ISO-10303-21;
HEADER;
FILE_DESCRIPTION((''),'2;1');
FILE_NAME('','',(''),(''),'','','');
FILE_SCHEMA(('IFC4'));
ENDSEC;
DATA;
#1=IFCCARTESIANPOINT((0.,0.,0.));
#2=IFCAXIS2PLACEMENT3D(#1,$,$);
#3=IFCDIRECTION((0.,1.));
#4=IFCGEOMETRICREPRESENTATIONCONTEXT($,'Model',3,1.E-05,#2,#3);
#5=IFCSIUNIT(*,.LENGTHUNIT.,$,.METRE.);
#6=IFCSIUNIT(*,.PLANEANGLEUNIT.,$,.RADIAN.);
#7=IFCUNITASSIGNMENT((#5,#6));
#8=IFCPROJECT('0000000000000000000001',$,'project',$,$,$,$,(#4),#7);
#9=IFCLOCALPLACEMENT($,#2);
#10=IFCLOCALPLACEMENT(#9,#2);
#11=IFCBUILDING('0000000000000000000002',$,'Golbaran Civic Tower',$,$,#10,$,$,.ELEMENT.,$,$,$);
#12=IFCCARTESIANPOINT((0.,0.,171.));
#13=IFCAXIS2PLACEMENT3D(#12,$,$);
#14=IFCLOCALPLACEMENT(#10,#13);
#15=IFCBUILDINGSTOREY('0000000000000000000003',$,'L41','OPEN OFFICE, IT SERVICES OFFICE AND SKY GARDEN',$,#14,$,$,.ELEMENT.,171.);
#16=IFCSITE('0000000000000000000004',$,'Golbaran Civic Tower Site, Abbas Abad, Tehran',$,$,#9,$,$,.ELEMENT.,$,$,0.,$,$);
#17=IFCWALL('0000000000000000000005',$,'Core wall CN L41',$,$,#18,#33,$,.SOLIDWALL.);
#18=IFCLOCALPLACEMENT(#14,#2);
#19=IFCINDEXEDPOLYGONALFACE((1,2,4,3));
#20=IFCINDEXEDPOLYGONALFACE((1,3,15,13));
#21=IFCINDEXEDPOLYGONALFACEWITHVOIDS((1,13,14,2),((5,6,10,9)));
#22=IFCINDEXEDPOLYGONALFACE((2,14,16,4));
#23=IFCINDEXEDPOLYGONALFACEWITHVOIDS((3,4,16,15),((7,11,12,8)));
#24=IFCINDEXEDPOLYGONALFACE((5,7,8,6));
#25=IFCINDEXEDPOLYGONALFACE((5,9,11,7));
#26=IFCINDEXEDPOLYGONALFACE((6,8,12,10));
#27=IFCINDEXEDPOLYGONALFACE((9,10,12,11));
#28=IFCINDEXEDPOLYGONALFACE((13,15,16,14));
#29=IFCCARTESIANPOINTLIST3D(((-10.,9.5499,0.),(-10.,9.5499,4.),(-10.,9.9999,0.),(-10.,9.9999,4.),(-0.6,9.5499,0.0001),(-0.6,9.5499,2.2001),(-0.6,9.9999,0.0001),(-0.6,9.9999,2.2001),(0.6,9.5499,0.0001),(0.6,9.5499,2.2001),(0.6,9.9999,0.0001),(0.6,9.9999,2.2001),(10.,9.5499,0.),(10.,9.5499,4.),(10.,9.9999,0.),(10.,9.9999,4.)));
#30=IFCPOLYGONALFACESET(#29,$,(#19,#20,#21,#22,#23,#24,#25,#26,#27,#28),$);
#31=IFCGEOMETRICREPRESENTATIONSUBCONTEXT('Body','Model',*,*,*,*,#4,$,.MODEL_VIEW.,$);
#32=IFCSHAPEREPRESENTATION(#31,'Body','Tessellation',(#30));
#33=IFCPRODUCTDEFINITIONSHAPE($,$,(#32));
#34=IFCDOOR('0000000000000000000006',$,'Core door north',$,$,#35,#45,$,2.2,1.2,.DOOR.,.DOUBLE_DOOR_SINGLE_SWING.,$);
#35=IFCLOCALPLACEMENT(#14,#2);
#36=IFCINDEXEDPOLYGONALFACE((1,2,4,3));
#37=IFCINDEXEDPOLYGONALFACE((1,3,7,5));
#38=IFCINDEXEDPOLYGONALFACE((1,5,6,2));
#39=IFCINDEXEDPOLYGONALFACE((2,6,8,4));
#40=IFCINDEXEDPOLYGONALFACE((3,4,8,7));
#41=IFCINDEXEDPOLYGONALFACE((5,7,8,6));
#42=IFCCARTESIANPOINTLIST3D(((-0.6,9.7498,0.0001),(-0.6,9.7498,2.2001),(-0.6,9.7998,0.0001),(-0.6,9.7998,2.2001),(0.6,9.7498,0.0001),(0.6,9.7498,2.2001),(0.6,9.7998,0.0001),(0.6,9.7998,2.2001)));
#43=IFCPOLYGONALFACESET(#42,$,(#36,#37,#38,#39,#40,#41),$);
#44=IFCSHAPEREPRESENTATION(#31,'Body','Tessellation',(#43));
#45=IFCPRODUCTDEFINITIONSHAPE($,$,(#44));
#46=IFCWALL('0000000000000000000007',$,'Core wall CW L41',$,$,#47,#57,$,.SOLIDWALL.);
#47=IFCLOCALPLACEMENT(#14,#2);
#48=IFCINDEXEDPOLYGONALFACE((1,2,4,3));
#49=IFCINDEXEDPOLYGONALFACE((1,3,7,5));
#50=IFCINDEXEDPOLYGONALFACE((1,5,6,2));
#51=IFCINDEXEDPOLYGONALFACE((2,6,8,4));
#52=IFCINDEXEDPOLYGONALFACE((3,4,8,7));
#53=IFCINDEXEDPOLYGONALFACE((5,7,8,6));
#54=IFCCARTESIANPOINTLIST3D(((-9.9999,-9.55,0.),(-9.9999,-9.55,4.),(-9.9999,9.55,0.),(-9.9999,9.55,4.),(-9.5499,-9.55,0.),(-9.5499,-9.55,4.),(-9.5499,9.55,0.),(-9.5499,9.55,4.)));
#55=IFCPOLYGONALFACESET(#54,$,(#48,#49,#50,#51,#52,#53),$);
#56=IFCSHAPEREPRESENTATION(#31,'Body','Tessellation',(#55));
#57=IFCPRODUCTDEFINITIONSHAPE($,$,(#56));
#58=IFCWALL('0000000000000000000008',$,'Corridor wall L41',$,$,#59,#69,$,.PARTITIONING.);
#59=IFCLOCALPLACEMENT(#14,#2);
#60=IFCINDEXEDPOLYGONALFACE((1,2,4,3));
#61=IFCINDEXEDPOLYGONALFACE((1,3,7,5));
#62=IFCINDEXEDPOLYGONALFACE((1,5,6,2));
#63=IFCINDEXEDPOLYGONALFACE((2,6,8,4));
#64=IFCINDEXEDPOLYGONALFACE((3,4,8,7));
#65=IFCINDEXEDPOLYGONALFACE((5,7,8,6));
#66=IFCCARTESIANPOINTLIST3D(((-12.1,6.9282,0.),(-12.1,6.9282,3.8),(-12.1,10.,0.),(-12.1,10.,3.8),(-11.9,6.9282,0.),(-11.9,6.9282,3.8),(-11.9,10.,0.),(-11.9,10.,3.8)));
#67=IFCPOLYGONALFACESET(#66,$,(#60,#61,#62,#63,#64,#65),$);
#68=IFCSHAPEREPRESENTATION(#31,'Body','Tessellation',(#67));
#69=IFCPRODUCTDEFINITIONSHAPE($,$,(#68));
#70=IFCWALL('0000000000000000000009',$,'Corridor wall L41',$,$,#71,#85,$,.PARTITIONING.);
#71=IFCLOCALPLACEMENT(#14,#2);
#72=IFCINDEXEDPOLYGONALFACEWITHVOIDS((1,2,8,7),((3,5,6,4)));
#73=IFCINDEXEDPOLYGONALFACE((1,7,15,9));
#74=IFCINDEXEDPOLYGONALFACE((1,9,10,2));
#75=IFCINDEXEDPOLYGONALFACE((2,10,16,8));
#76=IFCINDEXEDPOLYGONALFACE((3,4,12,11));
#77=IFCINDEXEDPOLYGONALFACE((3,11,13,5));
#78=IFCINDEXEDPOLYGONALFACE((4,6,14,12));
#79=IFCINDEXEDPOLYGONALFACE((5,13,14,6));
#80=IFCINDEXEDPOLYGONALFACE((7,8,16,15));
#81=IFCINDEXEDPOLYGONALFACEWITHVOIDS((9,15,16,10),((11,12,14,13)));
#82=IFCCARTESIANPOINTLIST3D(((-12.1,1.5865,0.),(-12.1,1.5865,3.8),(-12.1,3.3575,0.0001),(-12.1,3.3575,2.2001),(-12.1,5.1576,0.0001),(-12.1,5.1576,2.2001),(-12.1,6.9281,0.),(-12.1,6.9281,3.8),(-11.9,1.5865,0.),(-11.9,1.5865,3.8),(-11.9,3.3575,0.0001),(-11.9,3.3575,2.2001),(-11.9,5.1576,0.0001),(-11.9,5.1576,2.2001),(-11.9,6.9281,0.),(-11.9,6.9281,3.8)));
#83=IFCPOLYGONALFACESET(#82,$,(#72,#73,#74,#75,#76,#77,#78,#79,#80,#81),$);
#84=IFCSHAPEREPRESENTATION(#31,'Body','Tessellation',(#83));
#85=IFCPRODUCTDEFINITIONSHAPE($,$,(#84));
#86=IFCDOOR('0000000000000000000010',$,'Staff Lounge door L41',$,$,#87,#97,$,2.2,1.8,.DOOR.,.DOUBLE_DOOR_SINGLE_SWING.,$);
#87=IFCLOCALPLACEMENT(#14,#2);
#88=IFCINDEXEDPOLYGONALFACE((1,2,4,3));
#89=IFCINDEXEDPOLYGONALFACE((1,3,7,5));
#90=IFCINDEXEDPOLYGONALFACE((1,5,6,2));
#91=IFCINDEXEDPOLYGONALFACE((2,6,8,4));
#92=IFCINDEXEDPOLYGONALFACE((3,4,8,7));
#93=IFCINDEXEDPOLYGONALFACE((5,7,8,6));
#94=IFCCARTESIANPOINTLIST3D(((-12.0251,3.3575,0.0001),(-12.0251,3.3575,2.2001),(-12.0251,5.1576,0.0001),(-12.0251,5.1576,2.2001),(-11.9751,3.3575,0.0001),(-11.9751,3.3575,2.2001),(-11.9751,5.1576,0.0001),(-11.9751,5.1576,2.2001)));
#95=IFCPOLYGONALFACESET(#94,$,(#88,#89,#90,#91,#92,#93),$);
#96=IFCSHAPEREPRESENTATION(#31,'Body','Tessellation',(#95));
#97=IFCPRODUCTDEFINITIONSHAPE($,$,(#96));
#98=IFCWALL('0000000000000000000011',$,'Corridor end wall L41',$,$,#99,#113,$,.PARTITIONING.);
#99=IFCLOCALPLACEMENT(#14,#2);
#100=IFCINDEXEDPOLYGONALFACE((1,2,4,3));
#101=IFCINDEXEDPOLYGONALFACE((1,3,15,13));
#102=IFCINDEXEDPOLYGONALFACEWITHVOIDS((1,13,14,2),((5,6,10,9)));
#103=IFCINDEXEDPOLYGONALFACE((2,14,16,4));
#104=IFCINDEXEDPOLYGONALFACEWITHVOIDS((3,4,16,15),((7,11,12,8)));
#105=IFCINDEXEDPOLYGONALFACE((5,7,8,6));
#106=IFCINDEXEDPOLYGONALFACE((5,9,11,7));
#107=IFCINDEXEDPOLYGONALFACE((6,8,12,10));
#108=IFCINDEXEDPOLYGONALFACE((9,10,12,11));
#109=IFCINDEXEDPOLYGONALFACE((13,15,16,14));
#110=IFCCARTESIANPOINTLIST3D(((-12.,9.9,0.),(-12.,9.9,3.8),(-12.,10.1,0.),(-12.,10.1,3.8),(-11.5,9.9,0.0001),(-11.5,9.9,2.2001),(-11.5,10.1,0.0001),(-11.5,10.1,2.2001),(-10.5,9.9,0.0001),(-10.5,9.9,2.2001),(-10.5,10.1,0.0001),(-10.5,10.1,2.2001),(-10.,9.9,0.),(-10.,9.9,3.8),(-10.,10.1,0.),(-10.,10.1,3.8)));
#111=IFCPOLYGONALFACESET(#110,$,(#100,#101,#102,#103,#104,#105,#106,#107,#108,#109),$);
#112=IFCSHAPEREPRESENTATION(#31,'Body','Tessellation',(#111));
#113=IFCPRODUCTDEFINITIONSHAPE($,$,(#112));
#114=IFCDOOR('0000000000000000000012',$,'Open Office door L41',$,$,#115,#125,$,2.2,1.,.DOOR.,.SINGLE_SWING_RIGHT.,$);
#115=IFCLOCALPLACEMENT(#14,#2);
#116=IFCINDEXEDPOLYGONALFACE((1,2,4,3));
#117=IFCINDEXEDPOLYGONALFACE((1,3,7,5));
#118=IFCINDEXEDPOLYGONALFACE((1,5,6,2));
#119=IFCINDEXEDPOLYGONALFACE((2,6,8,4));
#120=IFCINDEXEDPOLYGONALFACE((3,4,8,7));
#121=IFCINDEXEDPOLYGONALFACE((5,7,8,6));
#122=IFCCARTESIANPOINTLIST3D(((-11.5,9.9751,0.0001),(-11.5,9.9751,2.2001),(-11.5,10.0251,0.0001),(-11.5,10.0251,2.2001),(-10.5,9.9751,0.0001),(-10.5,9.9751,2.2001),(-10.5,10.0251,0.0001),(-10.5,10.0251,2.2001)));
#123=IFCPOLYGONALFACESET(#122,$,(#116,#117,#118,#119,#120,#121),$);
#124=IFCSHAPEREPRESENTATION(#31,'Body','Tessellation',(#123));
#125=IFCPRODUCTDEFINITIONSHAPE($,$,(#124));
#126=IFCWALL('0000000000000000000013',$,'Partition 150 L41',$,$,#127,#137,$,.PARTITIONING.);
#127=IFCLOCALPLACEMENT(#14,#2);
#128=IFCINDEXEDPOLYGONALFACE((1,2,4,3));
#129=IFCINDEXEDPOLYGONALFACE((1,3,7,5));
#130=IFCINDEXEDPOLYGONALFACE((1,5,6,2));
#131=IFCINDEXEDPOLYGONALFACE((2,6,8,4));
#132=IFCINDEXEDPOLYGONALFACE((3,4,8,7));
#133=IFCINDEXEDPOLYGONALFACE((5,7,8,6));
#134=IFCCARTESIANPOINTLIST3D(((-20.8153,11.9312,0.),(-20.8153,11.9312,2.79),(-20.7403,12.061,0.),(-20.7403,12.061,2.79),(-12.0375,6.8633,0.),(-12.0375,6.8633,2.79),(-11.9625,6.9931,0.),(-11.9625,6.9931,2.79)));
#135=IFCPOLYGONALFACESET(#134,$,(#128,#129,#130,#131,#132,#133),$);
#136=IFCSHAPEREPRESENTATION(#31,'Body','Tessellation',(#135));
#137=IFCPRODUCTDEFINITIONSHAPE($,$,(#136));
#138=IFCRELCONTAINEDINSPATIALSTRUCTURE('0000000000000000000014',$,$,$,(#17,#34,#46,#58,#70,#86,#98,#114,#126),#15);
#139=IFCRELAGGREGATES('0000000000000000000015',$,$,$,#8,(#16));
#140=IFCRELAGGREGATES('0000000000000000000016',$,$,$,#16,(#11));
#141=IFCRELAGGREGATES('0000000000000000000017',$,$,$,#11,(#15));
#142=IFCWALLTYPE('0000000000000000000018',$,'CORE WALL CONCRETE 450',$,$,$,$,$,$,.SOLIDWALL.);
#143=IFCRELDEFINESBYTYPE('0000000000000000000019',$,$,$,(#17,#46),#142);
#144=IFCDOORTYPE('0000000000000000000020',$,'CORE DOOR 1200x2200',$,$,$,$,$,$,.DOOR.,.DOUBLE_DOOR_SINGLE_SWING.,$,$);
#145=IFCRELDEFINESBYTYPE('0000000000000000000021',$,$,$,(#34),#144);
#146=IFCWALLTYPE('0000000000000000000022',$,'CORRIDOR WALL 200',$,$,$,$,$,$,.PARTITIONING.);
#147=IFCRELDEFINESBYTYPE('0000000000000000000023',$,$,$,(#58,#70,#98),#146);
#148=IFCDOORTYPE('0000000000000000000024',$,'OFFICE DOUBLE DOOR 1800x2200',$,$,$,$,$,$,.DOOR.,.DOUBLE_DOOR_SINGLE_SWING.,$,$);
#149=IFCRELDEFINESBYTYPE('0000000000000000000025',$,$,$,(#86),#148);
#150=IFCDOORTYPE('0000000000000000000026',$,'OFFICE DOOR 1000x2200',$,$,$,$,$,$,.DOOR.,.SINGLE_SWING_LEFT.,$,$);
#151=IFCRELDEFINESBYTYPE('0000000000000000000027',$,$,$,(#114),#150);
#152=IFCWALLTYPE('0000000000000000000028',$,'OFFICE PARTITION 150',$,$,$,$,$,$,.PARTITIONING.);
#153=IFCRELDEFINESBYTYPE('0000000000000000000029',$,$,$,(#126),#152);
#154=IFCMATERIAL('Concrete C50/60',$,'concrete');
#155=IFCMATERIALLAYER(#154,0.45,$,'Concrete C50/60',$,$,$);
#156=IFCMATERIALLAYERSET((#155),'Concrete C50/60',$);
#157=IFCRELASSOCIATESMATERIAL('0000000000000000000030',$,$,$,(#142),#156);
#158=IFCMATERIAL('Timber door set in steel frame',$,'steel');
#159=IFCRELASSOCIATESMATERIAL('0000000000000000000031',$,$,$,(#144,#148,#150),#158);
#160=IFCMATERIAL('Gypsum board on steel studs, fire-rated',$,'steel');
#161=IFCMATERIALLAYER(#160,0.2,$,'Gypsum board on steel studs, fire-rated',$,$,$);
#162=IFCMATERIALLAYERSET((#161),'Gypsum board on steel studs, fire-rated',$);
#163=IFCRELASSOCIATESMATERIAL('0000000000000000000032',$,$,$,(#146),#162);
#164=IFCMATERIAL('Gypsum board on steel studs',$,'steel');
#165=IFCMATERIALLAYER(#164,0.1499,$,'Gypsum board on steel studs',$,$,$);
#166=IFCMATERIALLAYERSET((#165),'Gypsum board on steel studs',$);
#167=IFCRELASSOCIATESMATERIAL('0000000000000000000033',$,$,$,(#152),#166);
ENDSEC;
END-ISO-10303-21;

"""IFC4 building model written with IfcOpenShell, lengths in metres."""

from ifc_helpers import new_model, si_unit, direction, frame, frame_2d, origin, place, context, subcontext, project, spatial, rectangle, extrude, material, layer, layer_set, type_object, element, fill, save


model = new_model("IFC4")

# Units and contexts
model_context = context("Model", 3, precision=1e-05, world=origin(), true_north=direction((0.0, 1.0)))
body_context = subcontext(model_context, "Body", "Model", "MODEL_VIEW")
ifc_project = project(units=[si_unit("LENGTHUNIT", "METRE"), si_unit("PLANEANGLEUNIT", "RADIAN")], contexts=[model_context])

# Site, building, storey
site_placement = place(None, origin())
site = spatial("IfcSite", under=ifc_project, at=site_placement, Name="Golbaran Civic Tower Site, Abbas Abad, Tehran", CompositionType="ELEMENT", RefElevation=0.0)
building_placement = place(site_placement, origin())
building = spatial("IfcBuilding", under=site, at=building_placement, Name="Golbaran Civic Tower", CompositionType="ELEMENT")
storey_placement = place(building_placement, frame((0.0, 0.0, 171.0)))
storey = spatial("IfcBuildingStorey", under=building, at=storey_placement, Name="L41", Description="OPEN OFFICE, IT SERVICES OFFICE AND SKY GARDEN", CompositionType="ELEMENT", Elevation=171.0)

# Wall, opening, door
ifc_material_1 = material(Name="Concrete C50/60", Category="concrete")
ifc_layer_1 = layer(ifc_material_1, 0.45, Name="Concrete C50/60")
ifc_layer_set_1 = layer_set([ifc_layer_1], Name="Concrete C50/60")
wall_type_1 = type_object("IfcWallType", Name="CORE WALL CONCRETE 450", PredefinedType="SOLIDWALL", material=ifc_layer_set_1)
wall_1_placement = place(storey_placement, frame((-10.0, 9.7749, 0.0), z_axis=(0.0, 0.0, 1.0), x_axis=(1.0, 0.0, 0.0)))
wall_1 = element("IfcWall", 1, at=wall_1_placement, inside=storey, type_object=wall_type_1, Name="Core wall CN L41", PredefinedType="SOLIDWALL", context=body_context, shape_type="SweptSolid", body=[
    extrude(rectangle(XDim=20.0, YDim=0.45, at=frame_2d((10.0, 0.0))), origin(), (0.0, 0.0, 1.0), 4.0),
])
opening_1_placement = place(wall_1_placement, frame((9.3999, 0.0, 0.0)))
opening_1 = element("IfcOpeningElement", 2, at=opening_1_placement, cuts=wall_1, PredefinedType="OPENING", context=body_context, shape_type="SweptSolid", body=[
    extrude(rectangle(XDim=1.2, YDim=2.2, at=frame_2d((0.6001, 1.1001))), frame((0.0, 0.2349, 0.0), z_axis=(0.0, -1.0, 0.0), x_axis=(1.0, 0.0, 0.0)), (0.0, 0.0, 1.0), 0.47),
])
ifc_material_2 = material(Name="Timber door set in steel frame", Category="steel")
door_type_1 = type_object("IfcDoorType", Name="CORE DOOR 1200x2200", OperationType="DOUBLE_DOOR_SINGLE_SWING", PredefinedType="DOOR", material=ifc_material_2)
door_1_placement = place(opening_1_placement, origin())
door_1 = element("IfcDoor", 3, at=door_1_placement, inside=storey, type_object=door_type_1, Name="Core door north", OperationType="DOUBLE_DOOR_SINGLE_SWING", OverallHeight=2.2, OverallWidth=1.2, PredefinedType="DOOR", context=body_context, shape_type="SweptSolid", body=[
    extrude(rectangle(XDim=1.2, YDim=2.2, at=frame_2d((0.6001, 1.1001))), frame((0.0, 0.0249, 0.0), z_axis=(0.0, -1.0, 0.0), x_axis=(1.0, 0.0, 0.0)), (0.0, 0.0, 1.0), 0.05),
])
fill(opening_1, door_1)

# Walls
wall_2_placement = place(storey_placement, frame((-9.7749, 9.55, 0.0), z_axis=(0.0, 0.0, 1.0), x_axis=(0.0, -1.0, 0.0)))
element("IfcWall", 4, at=wall_2_placement, inside=storey, type_object=wall_type_1, Name="Core wall CW L41", PredefinedType="SOLIDWALL", context=body_context, shape_type="SweptSolid", body=[
    extrude(rectangle(XDim=19.1001, YDim=0.45, at=frame_2d((9.55, 0.0))), origin(), (0.0, 0.0, 1.0), 4.0),
])
ifc_material_3 = material(Name="Gypsum board on steel studs, fire-rated", Category="steel")
ifc_layer_2 = layer(ifc_material_3, 0.2, Name="Gypsum board on steel studs, fire-rated")
ifc_layer_set_2 = layer_set([ifc_layer_2], Name="Gypsum board on steel studs, fire-rated")
wall_type_2 = type_object("IfcWallType", Name="CORRIDOR WALL 200", PredefinedType="PARTITIONING", material=ifc_layer_set_2)
wall_3_placement = place(storey_placement, frame((-12.0, 10.0, 0.0), z_axis=(0.0, 0.0, 1.0), x_axis=(0.0, -1.0, 0.0)))
element("IfcWall", 5, at=wall_3_placement, inside=storey, type_object=wall_type_2, Name="Corridor wall L41", PredefinedType="PARTITIONING", context=body_context, shape_type="SweptSolid", body=[
    extrude(rectangle(XDim=3.0718, YDim=0.2, at=frame_2d((1.5359, 0.0))), origin(), (0.0, 0.0, 1.0), 3.8),
])

# Walls, openings, doors
wall_4_placement = place(storey_placement, frame((-12.0, 6.9282, 0.0), z_axis=(0.0, 0.0, 1.0), x_axis=(0.0, -1.0, 0.0)))
wall_4 = element("IfcWall", 6, at=wall_4_placement, inside=storey, type_object=wall_type_2, Name="Corridor wall L41", PredefinedType="PARTITIONING", context=body_context, shape_type="SweptSolid", body=[
    extrude(rectangle(XDim=5.3416, YDim=0.2, at=frame_2d((2.6709, 0.0))), origin(), (0.0, 0.0, 1.0), 3.8),
])
opening_2_placement = place(wall_4_placement, frame((1.7708, 0.0, 0.0)))
opening_2 = element("IfcOpeningElement", 7, at=opening_2_placement, cuts=wall_4, PredefinedType="OPENING", context=body_context, shape_type="SweptSolid", body=[
    extrude(rectangle(XDim=1.8, YDim=2.2, at=frame_2d((0.8999, 1.1001))), frame((0.0, 0.1099, 0.0), z_axis=(0.0, -1.0, 0.0), x_axis=(1.0, 0.0, 0.0)), (0.0, 0.0, 1.0), 0.22),
])
door_type_2 = type_object("IfcDoorType", Name="OFFICE DOUBLE DOOR 1800x2200", OperationType="DOUBLE_DOOR_SINGLE_SWING", PredefinedType="DOOR", material=ifc_material_2)
door_2_placement = place(opening_2_placement, origin())
door_2 = element("IfcDoor", 8, at=door_2_placement, inside=storey, type_object=door_type_2, Name="Staff Lounge door L41", OperationType="DOUBLE_DOOR_SINGLE_SWING", OverallHeight=2.2, OverallWidth=1.8, PredefinedType="DOOR", context=body_context, shape_type="SweptSolid", body=[
    extrude(rectangle(XDim=1.8, YDim=2.2, at=frame_2d((0.8999, 1.1001))), frame((0.0, 0.0249, 0.0), z_axis=(0.0, -1.0, 0.0), x_axis=(1.0, 0.0, 0.0)), (0.0, 0.0, 1.0), 0.05),
])
fill(opening_2, door_2)
wall_5_placement = place(storey_placement, frame((-10.0, 10.0, 0.0), z_axis=(0.0, 0.0, 1.0), x_axis=(-1.0, 0.0, 0.0)))
wall_5 = element("IfcWall", 9, at=wall_5_placement, inside=storey, type_object=wall_type_2, Name="Corridor end wall L41", PredefinedType="PARTITIONING", context=body_context, shape_type="SweptSolid", body=[
    extrude(rectangle(XDim=2.0, YDim=0.2, at=frame_2d((1.0, 0.0))), origin(), (0.0, 0.0, 1.0), 3.8),
])
opening_3_placement = place(wall_5_placement, frame((0.5, 0.0, 0.0)))
opening_3 = element("IfcOpeningElement", 10, at=opening_3_placement, cuts=wall_5, PredefinedType="OPENING", context=body_context, shape_type="SweptSolid", body=[
    extrude(rectangle(XDim=1.0, YDim=2.2, at=frame_2d((0.5, 1.1001))), frame((0.0, 0.1099, 0.0), z_axis=(0.0, -1.0, 0.0), x_axis=(1.0, 0.0, 0.0)), (0.0, 0.0, 1.0), 0.22),
])
door_type_3 = type_object("IfcDoorType", Name="OFFICE DOOR 1000x2200", OperationType="SINGLE_SWING_LEFT", PredefinedType="DOOR", material=ifc_material_2)
door_3_placement = place(opening_3_placement, origin())
door_3 = element("IfcDoor", 11, at=door_3_placement, inside=storey, type_object=door_type_3, Name="Open Office door L41", OperationType="SINGLE_SWING_RIGHT", OverallHeight=2.2, OverallWidth=1.0, PredefinedType="DOOR", context=body_context, shape_type="SweptSolid", body=[
    extrude(rectangle(XDim=1.0, YDim=2.2, at=frame_2d((0.5, 1.1001))), frame((0.0, 0.0249, 0.0), z_axis=(0.0, -1.0, 0.0), x_axis=(1.0, 0.0, 0.0)), (0.0, 0.0, 1.0), 0.05),
])
fill(opening_3, door_3)

# Wall
ifc_material_4 = material(Name="Gypsum board on steel studs", Category="steel")
ifc_layer_3 = layer(ifc_material_4, 0.1499, Name="Gypsum board on steel studs")
ifc_layer_set_3 = layer_set([ifc_layer_3], Name="Gypsum board on steel studs")
wall_type_3 = type_object("IfcWallType", Name="OFFICE PARTITION 150", PredefinedType="PARTITIONING", material=ifc_layer_set_3)
wall_6_placement = place(storey_placement, frame((-12.0, 6.9282, 0.0), z_axis=(0.0, 0.0, 1.0), x_axis=(-0.866026, 0.499999, 0.0)))
element("IfcWall", 12, at=wall_6_placement, inside=storey, type_object=wall_type_3, Name="Partition 150 L41", PredefinedType="PARTITIONING", context=body_context, shape_type="SweptSolid", body=[
    extrude(rectangle(XDim=10.1357, YDim=0.1499, at=frame_2d((5.0679, 0.0))), origin(), (0.0, 0.0, 1.0), 2.79),
])

save(model, "model.ifc")
